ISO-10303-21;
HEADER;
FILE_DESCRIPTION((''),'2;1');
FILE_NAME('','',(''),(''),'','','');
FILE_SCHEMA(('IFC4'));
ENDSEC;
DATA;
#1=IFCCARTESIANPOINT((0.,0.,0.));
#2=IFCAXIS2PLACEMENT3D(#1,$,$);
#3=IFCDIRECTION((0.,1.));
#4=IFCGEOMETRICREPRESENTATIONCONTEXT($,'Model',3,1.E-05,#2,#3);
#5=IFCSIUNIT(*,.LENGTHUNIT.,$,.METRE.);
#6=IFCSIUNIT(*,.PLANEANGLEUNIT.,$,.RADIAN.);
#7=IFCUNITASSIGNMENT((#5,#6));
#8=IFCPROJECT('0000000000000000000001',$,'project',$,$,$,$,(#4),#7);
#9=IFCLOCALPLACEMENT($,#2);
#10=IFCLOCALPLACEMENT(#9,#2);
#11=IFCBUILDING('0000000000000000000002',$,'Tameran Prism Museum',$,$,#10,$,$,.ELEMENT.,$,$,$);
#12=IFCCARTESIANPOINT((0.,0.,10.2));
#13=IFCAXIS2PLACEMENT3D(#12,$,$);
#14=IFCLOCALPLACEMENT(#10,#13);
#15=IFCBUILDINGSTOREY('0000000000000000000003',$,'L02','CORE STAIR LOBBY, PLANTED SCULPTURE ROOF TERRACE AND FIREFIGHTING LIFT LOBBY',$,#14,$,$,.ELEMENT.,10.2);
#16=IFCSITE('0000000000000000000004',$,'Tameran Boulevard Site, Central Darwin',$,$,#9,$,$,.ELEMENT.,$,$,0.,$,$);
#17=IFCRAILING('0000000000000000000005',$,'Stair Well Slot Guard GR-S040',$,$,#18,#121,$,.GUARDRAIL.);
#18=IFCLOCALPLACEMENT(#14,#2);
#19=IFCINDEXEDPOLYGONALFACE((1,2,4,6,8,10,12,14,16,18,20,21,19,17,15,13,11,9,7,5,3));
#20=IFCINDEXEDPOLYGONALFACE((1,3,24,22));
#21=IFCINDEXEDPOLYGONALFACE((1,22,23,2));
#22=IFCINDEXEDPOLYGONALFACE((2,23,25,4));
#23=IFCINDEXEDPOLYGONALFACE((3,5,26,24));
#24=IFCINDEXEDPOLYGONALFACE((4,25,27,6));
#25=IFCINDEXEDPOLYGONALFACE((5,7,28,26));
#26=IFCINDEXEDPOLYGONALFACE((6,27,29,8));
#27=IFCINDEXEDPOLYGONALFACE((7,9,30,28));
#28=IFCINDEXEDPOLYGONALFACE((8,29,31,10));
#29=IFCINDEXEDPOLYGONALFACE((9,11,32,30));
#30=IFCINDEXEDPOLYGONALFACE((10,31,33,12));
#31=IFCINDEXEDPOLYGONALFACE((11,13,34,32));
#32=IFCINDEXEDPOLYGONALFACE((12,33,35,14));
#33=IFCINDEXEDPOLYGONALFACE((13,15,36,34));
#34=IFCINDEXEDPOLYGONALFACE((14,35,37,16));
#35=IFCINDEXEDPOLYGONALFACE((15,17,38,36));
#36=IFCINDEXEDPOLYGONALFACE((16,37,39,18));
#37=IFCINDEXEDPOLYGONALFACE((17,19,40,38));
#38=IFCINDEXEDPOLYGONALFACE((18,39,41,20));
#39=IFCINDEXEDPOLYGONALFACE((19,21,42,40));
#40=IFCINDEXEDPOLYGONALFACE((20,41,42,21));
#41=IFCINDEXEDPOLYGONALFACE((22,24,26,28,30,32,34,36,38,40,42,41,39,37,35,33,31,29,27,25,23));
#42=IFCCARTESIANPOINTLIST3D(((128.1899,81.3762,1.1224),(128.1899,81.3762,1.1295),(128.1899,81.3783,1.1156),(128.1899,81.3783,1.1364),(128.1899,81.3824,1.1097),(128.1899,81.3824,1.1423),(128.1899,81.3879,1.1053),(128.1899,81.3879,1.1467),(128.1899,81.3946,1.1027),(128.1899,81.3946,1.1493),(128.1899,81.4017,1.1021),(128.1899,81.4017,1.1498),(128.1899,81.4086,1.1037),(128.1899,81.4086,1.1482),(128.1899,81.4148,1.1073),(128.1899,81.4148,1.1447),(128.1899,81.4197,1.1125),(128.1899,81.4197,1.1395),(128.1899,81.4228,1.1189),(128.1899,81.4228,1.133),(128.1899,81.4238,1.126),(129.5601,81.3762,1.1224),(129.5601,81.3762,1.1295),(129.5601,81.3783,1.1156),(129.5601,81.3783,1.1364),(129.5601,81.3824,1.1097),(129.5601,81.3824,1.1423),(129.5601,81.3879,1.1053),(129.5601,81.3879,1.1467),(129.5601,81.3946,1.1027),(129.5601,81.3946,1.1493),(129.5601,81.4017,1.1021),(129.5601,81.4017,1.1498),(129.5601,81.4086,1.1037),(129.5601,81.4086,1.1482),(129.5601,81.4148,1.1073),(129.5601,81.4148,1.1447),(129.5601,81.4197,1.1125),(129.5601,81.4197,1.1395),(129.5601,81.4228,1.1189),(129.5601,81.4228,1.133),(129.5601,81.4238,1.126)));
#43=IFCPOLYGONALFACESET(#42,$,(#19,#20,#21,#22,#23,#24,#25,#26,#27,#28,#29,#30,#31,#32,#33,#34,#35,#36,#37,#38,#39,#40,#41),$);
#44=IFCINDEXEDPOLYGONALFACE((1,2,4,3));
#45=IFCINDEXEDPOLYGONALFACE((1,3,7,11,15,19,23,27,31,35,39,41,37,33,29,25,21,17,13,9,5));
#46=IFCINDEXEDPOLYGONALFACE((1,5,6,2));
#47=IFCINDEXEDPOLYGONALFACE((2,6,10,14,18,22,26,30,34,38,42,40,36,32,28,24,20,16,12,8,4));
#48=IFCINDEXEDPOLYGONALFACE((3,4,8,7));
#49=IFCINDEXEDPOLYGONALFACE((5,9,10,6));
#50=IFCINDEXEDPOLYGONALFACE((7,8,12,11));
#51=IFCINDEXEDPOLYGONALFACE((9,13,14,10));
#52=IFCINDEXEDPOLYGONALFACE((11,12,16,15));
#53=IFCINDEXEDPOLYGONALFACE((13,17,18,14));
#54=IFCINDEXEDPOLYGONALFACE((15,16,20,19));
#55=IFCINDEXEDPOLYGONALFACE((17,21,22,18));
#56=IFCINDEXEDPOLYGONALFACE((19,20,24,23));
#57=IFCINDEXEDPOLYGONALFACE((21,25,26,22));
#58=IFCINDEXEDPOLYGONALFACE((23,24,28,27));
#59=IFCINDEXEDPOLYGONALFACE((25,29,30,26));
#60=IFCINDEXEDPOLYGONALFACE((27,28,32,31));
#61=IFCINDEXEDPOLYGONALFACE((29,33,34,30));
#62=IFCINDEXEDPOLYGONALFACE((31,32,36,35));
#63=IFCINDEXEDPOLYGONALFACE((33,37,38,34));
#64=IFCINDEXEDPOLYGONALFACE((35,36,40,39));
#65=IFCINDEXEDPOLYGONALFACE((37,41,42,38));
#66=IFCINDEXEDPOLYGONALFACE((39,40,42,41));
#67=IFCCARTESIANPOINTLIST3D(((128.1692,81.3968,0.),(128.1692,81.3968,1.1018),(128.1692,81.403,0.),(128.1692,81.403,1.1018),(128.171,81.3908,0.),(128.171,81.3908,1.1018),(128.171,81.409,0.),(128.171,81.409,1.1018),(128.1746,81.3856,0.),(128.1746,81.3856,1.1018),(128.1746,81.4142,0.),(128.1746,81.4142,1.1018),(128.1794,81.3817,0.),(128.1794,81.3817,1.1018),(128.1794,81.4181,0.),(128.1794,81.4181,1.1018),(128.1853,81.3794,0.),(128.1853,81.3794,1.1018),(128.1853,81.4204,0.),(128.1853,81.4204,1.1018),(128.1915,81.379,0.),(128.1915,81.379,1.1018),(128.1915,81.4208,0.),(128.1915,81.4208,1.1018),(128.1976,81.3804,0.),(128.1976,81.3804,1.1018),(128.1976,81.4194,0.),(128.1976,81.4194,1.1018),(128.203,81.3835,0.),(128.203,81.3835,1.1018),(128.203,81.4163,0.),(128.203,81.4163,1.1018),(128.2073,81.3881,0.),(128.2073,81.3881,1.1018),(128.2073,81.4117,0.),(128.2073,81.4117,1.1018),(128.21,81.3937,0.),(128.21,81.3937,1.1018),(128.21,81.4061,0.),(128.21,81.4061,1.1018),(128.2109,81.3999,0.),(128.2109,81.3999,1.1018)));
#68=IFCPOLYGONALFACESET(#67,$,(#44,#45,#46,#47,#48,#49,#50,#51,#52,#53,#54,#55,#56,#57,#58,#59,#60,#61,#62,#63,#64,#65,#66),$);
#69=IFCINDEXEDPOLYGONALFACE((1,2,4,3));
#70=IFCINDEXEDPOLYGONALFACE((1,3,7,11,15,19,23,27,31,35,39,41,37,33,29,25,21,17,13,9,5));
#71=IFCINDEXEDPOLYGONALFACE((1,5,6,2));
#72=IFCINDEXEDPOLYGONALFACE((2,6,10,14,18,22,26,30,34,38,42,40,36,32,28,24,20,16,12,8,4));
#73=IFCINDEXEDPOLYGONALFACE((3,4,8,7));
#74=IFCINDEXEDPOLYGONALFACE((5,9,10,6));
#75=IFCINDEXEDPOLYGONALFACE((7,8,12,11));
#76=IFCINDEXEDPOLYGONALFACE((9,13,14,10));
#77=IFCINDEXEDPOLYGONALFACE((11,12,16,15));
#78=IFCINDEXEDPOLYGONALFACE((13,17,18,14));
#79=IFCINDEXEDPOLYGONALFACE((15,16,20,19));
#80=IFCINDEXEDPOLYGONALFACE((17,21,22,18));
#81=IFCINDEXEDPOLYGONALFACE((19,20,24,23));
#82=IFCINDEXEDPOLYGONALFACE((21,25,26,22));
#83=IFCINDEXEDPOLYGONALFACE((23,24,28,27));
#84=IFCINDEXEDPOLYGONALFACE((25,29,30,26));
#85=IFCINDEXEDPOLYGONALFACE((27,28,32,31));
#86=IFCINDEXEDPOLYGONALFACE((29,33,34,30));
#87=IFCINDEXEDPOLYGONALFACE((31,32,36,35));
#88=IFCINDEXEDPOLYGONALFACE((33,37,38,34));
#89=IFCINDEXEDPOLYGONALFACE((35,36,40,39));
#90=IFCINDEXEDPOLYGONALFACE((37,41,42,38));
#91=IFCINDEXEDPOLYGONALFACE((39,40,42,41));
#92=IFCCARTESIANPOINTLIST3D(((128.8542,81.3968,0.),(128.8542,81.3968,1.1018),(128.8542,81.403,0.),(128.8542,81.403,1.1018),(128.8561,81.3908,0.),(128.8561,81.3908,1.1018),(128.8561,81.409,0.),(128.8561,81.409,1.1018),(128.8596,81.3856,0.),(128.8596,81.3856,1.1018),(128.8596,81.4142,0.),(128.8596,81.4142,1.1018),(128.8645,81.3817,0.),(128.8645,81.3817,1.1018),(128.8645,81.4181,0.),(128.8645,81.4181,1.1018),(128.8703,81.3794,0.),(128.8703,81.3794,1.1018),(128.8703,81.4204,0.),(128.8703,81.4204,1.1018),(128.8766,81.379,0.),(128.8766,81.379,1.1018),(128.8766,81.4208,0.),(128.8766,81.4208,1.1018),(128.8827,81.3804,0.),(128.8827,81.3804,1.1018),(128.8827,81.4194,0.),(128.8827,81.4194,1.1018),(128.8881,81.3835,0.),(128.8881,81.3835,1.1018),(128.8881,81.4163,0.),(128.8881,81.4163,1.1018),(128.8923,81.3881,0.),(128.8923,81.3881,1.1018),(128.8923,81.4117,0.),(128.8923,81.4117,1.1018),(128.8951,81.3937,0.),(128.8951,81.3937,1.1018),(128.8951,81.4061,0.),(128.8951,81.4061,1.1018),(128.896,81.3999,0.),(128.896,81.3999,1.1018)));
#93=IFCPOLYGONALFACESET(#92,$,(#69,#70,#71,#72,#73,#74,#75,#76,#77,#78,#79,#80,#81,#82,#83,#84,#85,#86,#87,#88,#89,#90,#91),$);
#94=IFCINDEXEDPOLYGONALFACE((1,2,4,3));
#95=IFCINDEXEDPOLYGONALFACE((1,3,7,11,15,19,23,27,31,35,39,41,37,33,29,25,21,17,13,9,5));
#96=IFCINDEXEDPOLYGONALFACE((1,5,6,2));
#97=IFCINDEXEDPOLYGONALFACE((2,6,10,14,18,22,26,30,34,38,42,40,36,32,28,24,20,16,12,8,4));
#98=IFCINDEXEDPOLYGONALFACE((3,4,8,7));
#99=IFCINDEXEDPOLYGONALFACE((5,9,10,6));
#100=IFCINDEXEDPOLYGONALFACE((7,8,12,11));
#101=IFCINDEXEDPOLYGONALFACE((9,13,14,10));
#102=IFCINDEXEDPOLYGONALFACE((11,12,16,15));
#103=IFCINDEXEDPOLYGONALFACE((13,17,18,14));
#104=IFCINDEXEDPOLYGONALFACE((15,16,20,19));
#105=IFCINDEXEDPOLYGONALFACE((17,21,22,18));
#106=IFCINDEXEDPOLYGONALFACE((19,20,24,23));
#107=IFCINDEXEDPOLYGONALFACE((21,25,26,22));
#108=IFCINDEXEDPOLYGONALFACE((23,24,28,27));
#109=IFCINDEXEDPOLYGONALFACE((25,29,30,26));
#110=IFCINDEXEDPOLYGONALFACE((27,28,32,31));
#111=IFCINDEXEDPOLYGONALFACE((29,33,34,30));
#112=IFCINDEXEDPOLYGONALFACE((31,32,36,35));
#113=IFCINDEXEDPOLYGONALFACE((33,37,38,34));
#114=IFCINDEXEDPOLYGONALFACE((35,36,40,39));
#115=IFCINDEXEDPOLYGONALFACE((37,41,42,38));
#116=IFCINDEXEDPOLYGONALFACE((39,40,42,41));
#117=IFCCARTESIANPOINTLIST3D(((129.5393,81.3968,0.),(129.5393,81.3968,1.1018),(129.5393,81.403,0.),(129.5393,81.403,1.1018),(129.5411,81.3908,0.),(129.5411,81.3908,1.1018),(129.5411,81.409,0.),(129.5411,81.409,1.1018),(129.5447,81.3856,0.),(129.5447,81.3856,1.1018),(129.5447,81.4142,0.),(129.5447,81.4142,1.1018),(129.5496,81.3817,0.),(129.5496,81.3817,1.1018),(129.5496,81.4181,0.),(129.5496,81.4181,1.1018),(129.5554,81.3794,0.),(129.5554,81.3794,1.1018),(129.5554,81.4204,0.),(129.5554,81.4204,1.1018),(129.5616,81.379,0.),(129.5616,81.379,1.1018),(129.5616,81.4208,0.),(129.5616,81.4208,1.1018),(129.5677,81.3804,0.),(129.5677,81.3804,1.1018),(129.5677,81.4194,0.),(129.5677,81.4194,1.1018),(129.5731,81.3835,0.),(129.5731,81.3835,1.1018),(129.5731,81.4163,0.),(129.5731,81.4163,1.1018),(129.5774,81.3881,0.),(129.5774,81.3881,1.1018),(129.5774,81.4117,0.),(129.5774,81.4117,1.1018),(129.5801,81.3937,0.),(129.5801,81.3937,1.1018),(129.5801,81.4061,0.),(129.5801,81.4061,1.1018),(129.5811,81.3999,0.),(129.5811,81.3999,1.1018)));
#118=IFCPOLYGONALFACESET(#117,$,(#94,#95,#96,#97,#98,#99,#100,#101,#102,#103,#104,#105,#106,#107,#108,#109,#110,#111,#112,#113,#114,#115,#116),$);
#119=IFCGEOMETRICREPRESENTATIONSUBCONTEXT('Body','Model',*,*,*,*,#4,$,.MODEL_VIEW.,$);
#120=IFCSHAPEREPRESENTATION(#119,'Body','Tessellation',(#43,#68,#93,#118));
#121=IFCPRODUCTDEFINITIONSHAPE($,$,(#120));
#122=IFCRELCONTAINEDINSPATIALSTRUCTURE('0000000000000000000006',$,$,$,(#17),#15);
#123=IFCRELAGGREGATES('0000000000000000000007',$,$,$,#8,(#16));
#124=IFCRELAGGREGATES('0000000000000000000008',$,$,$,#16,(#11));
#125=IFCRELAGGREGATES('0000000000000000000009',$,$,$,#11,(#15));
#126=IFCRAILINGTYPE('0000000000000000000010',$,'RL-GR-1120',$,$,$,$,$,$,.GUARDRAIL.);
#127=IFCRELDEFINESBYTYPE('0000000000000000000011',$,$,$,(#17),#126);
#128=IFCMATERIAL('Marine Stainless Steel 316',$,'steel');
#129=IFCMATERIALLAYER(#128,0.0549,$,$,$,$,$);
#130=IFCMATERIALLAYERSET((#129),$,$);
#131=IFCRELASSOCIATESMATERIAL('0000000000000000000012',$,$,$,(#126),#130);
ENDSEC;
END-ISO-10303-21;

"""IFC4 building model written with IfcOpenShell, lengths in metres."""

from ifc_helpers import new_model, si_unit, direction, frame, origin, origin_2d, place, context, subcontext, project, spatial, circle, extrude, material, layer, layer_set, type_object, element, save


model = new_model("IFC4")

# Units and contexts
model_context = context("Model", 3, precision=1e-05, world=origin(), true_north=direction((0.0, 1.0)))
body_context = subcontext(model_context, "Body", "Model", "MODEL_VIEW")
ifc_project = project(units=[si_unit("LENGTHUNIT", "METRE"), si_unit("PLANEANGLEUNIT", "RADIAN")], contexts=[model_context])

# Site, building, storey
site_placement = place(None, origin())
site = spatial("IfcSite", under=ifc_project, at=site_placement, Name="Tameran Boulevard Site, Central Darwin", CompositionType="ELEMENT", RefElevation=0.0)
building_placement = place(site_placement, origin())
building = spatial("IfcBuilding", under=site, at=building_placement, Name="Tameran Prism Museum", CompositionType="ELEMENT")
storey_placement = place(building_placement, frame((0.0, 0.0, 10.2)))
storey = spatial("IfcBuildingStorey", under=building, at=storey_placement, Name="L02", Description="CORE STAIR LOBBY, PLANTED SCULPTURE ROOF TERRACE AND FIREFIGHTING LIFT LOBBY", CompositionType="ELEMENT", Elevation=10.2)

# Railing
ifc_material_1 = material(Name="Marine Stainless Steel 316", Category="steel")
ifc_layer_1 = layer(ifc_material_1, 0.0549)
ifc_layer_set_1 = layer_set([ifc_layer_1])
railing_type_1 = type_object("IfcRailingType", Name="RL-GR-1120", PredefinedType="GUARDRAIL", material=ifc_layer_set_1)
railing_1_placement = place(storey_placement, frame((128.1899, 81.3999, 0.0)))
element("IfcRailing", 1, at=railing_1_placement, inside=storey, type_object=railing_type_1, Name="Stair Well Slot Guard GR-S040", PredefinedType="GUARDRAIL", context=body_context, shape_type="SweptSolid", body=[
    extrude(circle(Radius=0.0239, at=origin_2d()), frame((0.0, 0.0, 1.126), z_axis=(1.0, 0.0, 0.0), x_axis=(0.0, 1.0, 0.0)), (0.0, 0.0, 1.0), 1.3701),
    extrude(circle(Radius=0.021, at=origin_2d()), origin(), (0.0, 0.0, 1.0), 1.1018),
    extrude(circle(Radius=0.021, at=origin_2d()), frame((0.6851, 0.0, 0.0)), (0.0, 0.0, 1.0), 1.1018),
    extrude(circle(Radius=0.021, at=origin_2d()), frame((1.3701, 0.0, 0.0)), (0.0, 0.0, 1.0), 1.1018),
])

save(model, "model.ifc")
